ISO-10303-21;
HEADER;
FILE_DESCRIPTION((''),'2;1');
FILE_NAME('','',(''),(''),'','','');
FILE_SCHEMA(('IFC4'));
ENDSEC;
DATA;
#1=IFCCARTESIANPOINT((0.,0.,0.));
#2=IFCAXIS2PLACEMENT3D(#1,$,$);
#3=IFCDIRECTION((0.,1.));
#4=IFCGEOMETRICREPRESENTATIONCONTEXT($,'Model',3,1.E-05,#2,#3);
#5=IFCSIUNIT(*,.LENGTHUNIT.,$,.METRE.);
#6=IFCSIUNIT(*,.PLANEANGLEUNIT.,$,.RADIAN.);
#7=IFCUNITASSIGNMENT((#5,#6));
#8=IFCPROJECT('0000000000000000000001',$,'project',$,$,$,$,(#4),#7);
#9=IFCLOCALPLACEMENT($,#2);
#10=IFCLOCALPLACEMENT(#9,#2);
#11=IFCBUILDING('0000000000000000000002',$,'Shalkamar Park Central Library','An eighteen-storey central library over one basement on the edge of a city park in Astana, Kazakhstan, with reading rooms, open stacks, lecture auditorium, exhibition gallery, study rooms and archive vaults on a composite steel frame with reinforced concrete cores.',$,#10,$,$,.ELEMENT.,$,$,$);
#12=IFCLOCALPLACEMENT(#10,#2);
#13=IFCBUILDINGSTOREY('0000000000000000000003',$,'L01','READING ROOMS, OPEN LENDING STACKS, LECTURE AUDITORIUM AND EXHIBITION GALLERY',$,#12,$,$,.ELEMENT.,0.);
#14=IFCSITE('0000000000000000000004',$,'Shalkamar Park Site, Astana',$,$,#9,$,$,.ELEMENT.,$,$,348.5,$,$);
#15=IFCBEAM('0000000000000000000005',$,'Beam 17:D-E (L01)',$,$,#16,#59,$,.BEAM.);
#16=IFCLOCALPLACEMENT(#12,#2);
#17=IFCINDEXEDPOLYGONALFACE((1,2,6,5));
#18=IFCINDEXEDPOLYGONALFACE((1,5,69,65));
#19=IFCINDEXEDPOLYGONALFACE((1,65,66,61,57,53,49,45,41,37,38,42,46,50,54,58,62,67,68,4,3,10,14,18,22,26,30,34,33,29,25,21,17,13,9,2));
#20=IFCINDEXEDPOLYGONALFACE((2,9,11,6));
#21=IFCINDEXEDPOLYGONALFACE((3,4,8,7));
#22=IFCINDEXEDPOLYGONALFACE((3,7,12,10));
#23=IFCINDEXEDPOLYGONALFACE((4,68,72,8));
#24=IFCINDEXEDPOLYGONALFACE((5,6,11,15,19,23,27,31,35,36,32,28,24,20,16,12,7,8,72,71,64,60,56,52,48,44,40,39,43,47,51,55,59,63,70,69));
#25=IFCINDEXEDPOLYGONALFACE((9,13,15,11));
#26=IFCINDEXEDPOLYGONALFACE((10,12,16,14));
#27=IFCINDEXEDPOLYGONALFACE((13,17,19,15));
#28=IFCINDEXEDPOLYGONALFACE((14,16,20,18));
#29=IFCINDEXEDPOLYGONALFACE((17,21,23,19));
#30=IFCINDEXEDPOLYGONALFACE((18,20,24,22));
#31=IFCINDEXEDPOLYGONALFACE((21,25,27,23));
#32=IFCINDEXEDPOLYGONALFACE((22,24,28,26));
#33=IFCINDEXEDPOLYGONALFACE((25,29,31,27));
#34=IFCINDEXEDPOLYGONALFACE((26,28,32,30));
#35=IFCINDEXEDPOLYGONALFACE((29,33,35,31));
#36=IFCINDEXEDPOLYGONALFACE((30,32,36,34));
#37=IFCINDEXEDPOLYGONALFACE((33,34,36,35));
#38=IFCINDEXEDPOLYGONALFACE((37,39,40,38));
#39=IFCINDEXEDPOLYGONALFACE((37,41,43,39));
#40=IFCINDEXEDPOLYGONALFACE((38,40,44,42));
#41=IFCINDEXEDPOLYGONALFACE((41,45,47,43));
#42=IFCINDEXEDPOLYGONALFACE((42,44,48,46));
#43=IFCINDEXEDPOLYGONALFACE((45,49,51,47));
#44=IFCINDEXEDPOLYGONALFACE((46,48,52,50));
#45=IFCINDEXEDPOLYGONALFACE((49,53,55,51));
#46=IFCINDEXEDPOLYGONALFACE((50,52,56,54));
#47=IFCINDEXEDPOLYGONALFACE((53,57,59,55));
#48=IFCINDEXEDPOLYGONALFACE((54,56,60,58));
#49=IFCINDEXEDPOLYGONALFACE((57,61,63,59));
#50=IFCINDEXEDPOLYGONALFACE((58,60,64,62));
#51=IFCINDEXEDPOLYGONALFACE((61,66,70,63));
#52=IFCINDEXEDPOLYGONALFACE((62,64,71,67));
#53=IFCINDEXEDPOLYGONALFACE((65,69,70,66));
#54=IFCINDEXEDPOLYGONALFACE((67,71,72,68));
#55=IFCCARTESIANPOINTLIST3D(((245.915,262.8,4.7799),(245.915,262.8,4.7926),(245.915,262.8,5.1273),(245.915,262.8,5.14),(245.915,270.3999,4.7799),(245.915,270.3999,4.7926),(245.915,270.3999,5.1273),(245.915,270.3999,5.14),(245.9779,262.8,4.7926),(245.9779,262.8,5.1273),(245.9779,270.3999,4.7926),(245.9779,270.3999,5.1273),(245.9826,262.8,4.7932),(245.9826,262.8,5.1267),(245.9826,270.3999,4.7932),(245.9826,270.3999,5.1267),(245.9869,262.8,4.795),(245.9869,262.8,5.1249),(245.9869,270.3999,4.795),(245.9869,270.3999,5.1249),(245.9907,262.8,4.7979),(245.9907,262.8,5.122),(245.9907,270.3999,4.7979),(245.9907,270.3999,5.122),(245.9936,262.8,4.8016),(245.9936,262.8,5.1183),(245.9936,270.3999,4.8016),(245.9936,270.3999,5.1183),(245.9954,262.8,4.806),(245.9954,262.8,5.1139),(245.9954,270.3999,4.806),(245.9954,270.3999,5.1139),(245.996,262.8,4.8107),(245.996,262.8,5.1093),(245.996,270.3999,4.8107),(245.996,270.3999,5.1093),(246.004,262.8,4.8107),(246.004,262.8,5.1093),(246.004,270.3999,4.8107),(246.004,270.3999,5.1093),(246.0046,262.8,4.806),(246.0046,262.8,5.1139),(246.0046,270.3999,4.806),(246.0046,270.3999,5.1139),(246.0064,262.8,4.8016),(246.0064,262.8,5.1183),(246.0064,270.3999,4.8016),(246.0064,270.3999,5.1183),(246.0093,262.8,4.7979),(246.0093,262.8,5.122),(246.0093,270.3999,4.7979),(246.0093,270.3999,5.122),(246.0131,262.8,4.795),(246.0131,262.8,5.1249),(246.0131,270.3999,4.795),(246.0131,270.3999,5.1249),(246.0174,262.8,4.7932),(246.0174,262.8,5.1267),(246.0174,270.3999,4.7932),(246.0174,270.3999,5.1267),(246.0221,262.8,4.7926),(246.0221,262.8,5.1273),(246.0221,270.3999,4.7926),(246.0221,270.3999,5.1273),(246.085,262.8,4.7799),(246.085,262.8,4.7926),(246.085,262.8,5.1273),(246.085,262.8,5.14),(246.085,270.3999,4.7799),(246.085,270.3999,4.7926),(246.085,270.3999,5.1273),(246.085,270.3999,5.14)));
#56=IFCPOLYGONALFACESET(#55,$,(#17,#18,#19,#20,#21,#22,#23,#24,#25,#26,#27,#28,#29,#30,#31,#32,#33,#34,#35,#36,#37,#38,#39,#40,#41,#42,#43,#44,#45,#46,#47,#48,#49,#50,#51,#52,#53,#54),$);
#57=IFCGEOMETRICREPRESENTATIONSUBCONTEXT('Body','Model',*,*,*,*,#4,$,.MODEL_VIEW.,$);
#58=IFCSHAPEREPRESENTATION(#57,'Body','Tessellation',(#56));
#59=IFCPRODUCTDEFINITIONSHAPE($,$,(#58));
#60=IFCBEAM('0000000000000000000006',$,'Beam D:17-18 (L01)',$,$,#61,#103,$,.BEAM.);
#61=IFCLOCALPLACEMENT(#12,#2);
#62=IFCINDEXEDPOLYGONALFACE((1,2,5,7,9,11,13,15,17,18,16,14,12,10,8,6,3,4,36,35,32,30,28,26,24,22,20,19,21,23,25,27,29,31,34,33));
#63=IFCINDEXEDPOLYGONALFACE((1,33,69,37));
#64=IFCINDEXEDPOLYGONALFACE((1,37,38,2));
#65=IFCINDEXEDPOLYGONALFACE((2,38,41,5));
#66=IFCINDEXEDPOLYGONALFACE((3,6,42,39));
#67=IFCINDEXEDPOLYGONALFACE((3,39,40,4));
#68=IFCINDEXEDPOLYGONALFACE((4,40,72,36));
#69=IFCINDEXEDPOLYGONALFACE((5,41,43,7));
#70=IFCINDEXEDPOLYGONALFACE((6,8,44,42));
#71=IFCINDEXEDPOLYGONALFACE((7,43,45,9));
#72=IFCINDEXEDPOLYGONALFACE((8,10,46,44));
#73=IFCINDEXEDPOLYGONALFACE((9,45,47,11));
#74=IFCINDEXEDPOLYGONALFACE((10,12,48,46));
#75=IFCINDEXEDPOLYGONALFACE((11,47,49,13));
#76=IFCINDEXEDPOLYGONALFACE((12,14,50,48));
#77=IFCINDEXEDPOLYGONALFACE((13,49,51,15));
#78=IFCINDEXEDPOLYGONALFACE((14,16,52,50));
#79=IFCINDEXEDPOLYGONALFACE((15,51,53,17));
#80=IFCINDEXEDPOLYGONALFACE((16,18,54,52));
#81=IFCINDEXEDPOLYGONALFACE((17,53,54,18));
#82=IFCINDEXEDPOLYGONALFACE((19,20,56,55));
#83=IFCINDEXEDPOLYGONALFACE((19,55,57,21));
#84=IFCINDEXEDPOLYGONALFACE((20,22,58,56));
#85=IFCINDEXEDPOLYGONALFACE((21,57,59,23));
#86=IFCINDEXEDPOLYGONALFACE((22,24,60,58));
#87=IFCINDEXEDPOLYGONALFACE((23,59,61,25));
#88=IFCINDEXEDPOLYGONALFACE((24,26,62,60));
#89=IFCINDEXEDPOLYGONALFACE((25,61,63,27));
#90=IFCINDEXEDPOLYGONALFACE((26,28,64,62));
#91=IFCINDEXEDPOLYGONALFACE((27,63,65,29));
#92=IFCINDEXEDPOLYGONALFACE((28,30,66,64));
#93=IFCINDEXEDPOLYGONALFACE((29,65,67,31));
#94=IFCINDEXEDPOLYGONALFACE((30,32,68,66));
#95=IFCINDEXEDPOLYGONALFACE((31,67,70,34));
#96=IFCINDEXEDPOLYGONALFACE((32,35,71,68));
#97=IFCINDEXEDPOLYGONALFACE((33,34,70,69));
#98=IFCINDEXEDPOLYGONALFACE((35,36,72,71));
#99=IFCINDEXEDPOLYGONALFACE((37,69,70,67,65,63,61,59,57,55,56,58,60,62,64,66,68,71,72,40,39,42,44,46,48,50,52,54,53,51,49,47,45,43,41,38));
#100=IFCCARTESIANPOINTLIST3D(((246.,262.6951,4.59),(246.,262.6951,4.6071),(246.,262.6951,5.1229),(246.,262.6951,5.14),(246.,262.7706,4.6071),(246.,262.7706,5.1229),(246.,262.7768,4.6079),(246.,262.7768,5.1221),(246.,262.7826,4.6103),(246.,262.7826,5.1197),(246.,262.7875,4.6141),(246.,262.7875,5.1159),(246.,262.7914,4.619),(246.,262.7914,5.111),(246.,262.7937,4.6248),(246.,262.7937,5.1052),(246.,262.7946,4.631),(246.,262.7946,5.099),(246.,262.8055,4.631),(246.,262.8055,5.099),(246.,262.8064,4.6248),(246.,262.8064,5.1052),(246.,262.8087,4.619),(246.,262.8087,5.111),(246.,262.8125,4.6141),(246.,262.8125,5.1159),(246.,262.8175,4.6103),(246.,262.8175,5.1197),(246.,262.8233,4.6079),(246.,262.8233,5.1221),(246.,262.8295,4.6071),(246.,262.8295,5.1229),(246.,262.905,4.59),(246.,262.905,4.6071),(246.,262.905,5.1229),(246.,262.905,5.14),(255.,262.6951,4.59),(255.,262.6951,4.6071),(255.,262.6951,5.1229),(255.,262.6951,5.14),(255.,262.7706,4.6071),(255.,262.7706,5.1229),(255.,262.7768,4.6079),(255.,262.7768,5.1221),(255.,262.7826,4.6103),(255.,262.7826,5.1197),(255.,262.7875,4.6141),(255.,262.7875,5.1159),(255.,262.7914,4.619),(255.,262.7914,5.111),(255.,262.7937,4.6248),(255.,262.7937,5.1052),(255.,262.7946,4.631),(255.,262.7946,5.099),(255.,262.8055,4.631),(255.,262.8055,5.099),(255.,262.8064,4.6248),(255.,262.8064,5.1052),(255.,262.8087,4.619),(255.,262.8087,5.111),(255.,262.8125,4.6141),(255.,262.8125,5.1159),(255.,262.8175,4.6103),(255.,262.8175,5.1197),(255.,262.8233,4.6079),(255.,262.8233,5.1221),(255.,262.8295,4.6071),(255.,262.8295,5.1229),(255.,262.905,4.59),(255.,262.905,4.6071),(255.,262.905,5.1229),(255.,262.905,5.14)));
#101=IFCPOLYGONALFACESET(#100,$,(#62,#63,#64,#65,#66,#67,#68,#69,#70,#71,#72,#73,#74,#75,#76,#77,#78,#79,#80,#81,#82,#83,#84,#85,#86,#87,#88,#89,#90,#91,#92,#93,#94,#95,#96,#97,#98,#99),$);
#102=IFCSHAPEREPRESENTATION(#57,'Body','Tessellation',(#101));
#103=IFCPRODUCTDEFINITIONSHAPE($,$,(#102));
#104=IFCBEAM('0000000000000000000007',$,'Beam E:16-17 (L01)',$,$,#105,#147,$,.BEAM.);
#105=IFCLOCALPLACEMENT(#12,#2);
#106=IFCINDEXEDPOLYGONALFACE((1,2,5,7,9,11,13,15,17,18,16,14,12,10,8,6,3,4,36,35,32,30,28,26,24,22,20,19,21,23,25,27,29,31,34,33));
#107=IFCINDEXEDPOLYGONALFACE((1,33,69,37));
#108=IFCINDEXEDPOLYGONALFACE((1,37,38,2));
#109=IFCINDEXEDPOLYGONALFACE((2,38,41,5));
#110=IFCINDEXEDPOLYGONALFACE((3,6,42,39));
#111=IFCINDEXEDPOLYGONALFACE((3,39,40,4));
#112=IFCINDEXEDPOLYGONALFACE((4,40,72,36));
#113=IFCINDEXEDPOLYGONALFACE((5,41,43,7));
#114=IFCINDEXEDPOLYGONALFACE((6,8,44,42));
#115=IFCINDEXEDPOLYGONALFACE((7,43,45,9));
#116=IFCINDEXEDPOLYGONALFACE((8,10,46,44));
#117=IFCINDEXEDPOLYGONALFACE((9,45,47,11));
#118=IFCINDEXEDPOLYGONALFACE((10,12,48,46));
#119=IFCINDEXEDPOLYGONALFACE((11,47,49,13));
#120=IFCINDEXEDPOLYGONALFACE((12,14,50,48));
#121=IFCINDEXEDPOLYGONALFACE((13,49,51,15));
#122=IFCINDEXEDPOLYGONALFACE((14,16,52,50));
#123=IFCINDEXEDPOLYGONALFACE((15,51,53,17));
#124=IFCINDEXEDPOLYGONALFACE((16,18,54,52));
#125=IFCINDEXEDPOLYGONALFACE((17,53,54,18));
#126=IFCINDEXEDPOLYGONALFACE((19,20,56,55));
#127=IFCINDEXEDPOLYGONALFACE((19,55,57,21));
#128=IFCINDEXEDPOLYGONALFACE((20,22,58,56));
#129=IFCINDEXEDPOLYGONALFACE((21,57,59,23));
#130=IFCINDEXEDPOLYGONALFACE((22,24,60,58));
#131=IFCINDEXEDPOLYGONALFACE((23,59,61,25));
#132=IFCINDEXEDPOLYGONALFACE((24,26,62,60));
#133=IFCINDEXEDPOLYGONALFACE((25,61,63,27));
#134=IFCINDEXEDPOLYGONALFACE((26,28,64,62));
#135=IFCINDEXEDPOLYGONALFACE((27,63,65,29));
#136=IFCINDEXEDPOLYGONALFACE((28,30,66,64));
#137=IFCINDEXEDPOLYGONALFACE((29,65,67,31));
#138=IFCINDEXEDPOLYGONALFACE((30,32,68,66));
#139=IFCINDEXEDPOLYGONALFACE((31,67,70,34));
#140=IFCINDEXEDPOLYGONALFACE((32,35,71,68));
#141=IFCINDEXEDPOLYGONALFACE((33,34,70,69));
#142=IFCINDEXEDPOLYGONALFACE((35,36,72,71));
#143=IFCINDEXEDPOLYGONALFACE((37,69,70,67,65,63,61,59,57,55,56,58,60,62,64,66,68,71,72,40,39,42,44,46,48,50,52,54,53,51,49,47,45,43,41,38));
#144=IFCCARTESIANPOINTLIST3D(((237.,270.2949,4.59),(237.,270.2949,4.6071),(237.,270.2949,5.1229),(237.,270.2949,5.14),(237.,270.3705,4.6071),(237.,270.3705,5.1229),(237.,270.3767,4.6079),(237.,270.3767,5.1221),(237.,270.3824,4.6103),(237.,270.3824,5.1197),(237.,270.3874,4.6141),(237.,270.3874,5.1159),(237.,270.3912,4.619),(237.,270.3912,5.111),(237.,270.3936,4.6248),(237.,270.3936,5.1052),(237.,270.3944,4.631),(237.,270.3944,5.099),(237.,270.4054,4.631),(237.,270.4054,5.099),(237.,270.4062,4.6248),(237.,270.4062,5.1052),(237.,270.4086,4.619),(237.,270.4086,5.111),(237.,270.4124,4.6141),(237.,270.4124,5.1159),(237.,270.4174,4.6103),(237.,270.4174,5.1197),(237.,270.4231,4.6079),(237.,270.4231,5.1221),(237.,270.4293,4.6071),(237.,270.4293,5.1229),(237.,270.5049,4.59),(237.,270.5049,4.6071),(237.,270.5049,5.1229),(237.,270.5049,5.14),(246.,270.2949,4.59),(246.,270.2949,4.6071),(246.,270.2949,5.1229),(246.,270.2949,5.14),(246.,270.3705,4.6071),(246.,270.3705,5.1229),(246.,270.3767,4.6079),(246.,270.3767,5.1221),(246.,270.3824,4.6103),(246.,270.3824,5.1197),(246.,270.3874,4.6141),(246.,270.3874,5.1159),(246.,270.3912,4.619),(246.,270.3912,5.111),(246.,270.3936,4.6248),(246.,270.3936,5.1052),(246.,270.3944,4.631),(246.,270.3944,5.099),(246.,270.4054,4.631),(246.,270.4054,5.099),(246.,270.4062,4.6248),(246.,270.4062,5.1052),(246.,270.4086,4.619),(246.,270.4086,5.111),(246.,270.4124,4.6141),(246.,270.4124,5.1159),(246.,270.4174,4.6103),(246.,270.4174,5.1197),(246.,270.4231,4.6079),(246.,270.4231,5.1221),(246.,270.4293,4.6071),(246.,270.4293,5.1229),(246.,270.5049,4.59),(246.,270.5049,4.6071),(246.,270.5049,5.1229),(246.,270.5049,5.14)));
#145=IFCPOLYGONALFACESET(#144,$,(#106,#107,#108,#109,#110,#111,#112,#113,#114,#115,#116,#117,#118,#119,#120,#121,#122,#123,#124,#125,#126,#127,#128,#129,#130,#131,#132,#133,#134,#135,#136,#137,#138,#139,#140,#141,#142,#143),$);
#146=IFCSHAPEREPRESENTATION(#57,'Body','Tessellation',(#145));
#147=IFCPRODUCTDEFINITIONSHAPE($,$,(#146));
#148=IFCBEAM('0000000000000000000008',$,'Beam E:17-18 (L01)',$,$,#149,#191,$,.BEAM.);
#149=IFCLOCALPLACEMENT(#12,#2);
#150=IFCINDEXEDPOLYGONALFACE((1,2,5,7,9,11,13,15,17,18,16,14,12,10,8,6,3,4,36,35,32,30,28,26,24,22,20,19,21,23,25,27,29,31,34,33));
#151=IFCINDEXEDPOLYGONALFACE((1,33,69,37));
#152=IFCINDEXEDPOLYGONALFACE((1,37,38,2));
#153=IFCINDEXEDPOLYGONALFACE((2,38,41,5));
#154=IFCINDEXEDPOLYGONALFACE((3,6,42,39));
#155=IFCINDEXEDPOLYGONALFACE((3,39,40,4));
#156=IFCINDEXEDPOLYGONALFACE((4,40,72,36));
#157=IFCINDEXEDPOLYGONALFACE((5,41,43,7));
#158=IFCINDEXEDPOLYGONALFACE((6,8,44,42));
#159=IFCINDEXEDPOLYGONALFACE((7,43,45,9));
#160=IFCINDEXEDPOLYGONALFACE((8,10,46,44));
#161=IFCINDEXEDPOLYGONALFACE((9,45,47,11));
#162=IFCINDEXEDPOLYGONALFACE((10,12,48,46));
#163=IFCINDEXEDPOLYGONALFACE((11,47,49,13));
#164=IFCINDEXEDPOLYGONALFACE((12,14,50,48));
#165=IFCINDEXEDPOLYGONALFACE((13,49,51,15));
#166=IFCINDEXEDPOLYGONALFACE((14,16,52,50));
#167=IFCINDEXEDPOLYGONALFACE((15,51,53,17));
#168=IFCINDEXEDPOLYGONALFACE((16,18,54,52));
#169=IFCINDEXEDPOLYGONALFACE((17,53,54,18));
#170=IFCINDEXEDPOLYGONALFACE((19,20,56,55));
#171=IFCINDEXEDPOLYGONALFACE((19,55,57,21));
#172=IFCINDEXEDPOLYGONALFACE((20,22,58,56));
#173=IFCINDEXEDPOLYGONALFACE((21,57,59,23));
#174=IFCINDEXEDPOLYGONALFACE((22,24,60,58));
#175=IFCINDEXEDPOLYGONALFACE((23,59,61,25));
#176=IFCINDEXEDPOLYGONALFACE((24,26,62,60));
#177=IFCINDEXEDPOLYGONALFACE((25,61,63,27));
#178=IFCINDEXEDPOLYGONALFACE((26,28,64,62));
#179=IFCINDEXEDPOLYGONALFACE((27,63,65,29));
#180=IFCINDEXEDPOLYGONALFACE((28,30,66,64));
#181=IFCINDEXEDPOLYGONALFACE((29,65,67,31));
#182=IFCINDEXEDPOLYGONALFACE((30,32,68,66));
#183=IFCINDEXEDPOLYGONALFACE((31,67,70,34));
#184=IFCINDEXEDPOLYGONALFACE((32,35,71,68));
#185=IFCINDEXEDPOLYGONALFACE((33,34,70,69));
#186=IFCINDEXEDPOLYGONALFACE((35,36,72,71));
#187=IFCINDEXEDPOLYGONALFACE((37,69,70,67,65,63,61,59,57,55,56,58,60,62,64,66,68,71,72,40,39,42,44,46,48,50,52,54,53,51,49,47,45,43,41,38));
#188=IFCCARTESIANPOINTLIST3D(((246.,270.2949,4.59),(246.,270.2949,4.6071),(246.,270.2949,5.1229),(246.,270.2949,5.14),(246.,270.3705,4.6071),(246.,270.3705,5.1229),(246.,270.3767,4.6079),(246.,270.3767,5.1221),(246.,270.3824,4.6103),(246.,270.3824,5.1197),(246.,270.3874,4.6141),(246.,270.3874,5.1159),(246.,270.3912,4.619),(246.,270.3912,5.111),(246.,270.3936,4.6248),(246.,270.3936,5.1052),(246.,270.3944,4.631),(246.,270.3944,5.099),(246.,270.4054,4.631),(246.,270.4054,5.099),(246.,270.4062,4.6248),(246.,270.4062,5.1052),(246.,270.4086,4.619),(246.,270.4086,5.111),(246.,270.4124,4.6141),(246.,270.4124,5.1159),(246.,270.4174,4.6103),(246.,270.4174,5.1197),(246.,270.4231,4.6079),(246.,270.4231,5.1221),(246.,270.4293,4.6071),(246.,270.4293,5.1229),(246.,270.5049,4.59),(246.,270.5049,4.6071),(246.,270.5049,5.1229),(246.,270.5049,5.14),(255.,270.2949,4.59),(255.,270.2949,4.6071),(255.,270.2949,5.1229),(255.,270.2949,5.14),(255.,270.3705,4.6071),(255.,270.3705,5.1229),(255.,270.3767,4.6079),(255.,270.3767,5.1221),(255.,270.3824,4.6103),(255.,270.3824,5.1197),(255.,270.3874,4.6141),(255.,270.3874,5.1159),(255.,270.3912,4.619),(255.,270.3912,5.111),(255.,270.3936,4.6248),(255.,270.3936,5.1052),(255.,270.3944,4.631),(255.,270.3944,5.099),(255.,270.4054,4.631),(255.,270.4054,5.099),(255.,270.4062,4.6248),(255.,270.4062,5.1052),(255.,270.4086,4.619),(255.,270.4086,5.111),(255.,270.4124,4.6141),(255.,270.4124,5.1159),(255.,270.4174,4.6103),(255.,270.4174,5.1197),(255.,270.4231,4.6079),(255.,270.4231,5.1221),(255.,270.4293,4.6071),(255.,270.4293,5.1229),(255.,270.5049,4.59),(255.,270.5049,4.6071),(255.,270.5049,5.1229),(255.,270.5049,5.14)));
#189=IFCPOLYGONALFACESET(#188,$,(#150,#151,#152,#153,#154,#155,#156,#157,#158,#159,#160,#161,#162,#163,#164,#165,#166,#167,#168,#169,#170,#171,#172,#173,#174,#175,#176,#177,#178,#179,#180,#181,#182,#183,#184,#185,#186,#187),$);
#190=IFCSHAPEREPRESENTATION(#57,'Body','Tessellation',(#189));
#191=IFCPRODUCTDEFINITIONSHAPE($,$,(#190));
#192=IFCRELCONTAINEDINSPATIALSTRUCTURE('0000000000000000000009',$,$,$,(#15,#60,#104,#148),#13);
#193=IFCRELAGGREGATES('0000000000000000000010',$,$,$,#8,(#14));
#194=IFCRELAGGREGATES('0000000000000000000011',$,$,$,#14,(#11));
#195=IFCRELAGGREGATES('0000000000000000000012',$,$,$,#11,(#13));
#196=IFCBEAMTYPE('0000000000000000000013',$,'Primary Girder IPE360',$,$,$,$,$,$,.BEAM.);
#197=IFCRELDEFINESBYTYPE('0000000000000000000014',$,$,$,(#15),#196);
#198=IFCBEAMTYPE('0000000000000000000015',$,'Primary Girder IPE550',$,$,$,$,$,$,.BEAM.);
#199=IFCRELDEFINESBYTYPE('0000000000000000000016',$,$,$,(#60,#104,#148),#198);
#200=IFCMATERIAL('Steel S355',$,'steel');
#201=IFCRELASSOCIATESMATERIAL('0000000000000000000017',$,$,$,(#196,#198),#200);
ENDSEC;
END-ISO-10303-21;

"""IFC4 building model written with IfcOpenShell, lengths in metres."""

from ifc_helpers import new_model, si_unit, direction, frame, origin, origin_2d, place, context, subcontext, project, spatial, i_section, extrude, material, material_profile, profile_set, type_object, element, save


model = new_model("IFC4")

# Units and contexts
model_context = context("Model", 3, precision=1e-05, world=origin(), true_north=direction((0.0, 1.0)))
body_context = subcontext(model_context, "Body", "Model", "MODEL_VIEW")
ifc_project = project(units=[si_unit("LENGTHUNIT", "METRE"), si_unit("PLANEANGLEUNIT", "RADIAN")], contexts=[model_context])

# Site, building, storey
site_placement = place(None, origin())
site = spatial("IfcSite", under=ifc_project, at=site_placement, Name="Shalkamar Park Site, Astana", CompositionType="ELEMENT", RefElevation=348.5)
building_placement = place(site_placement, origin())
building = spatial("IfcBuilding", under=site, at=building_placement, Name="Shalkamar Park Central Library", Description="An eighteen-storey central library over one basement on the edge of a city park in Astana, Kazakhstan, with reading rooms, open stacks, lecture auditorium, exhibition gallery, study rooms and archive vaults on a composite steel frame with reinforced concrete cores.", CompositionType="ELEMENT")
storey_placement = place(building_placement, origin())
storey = spatial("IfcBuildingStorey", under=building, at=storey_placement, Name="L01", Description="READING ROOMS, OPEN LENDING STACKS, LECTURE AUDITORIUM AND EXHIBITION GALLERY", CompositionType="ELEMENT", Elevation=0.0)

# Shared definitions
ifc_material_1 = material(Name="Steel S355", Category="steel")

# Beams
ifc_material_profile_1 = material_profile(ifc_material_1, i_section(OverallWidth=0.1699, OverallDepth=0.3601, WebThickness=0.0081, FlangeThickness=0.0127, FilletRadius=0.0181, at=origin_2d()), Name="IPE 360")
ifc_profile_set_1 = profile_set([ifc_material_profile_1], Name="Steel S355")
beam_type_1 = type_object("IfcBeamType", Name="Primary Girder IPE360", PredefinedType="BEAM", material=ifc_profile_set_1)
beam_1_placement = place(storey_placement, frame((246.0, 262.8, 4.96), z_axis=(0.0, 1.0, 0.0), x_axis=(-1.0, 0.0, 0.0)))
element("IfcBeam", 1, at=beam_1_placement, inside=storey, type_object=beam_type_1, Name="Beam 17:D-E (L01)", PredefinedType="BEAM", context=body_context, shape_type="SweptSolid", body=[
    extrude(i_section(OverallWidth=0.1699, OverallDepth=0.3601, WebThickness=0.0081, FlangeThickness=0.0127, FilletRadius=0.0181, at=origin_2d()), origin(), (0.0, 0.0, 1.0), 7.5999),
])
ifc_material_profile_2 = material_profile(ifc_material_1, i_section(OverallWidth=0.21, OverallDepth=0.55, WebThickness=0.011, FlangeThickness=0.0171, FilletRadius=0.0239, at=origin_2d()), Name="IPE 550")
ifc_profile_set_2 = profile_set([ifc_material_profile_2], Name="Steel S355")
beam_type_2 = type_object("IfcBeamType", Name="Primary Girder IPE550", PredefinedType="BEAM", material=ifc_profile_set_2)
for number, where, z_axis, x_axis, name in (
    (2, (246.0, 262.8, 4.865), (1.0, 0.0, 0.0), (0.0, 1.0, 0.0), "Beam D:17-18 (L01)"),
    (3, (237.0, 270.3999, 4.865), (1.0, 0.0, 0.0), (0.0, 1.0, 0.0), "Beam E:16-17 (L01)"),
    (4, (246.0, 270.3999, 4.865), (1.0, 0.0, 0.0), (0.0, 1.0, 0.0), "Beam E:17-18 (L01)"),
):
    element("IfcBeam", number, at=place(storey_placement, frame(where, z_axis=z_axis, x_axis=x_axis)), inside=storey, type_object=beam_type_2, Name=name, PredefinedType="BEAM", context=body_context, shape_type="SweptSolid", body=[
        extrude(i_section(OverallWidth=0.21, OverallDepth=0.55, WebThickness=0.011, FlangeThickness=0.0171, FilletRadius=0.0239, at=origin_2d()), origin(), (0.0, 0.0, 1.0), 9.0),
    ])

save(model, "model.ifc")
